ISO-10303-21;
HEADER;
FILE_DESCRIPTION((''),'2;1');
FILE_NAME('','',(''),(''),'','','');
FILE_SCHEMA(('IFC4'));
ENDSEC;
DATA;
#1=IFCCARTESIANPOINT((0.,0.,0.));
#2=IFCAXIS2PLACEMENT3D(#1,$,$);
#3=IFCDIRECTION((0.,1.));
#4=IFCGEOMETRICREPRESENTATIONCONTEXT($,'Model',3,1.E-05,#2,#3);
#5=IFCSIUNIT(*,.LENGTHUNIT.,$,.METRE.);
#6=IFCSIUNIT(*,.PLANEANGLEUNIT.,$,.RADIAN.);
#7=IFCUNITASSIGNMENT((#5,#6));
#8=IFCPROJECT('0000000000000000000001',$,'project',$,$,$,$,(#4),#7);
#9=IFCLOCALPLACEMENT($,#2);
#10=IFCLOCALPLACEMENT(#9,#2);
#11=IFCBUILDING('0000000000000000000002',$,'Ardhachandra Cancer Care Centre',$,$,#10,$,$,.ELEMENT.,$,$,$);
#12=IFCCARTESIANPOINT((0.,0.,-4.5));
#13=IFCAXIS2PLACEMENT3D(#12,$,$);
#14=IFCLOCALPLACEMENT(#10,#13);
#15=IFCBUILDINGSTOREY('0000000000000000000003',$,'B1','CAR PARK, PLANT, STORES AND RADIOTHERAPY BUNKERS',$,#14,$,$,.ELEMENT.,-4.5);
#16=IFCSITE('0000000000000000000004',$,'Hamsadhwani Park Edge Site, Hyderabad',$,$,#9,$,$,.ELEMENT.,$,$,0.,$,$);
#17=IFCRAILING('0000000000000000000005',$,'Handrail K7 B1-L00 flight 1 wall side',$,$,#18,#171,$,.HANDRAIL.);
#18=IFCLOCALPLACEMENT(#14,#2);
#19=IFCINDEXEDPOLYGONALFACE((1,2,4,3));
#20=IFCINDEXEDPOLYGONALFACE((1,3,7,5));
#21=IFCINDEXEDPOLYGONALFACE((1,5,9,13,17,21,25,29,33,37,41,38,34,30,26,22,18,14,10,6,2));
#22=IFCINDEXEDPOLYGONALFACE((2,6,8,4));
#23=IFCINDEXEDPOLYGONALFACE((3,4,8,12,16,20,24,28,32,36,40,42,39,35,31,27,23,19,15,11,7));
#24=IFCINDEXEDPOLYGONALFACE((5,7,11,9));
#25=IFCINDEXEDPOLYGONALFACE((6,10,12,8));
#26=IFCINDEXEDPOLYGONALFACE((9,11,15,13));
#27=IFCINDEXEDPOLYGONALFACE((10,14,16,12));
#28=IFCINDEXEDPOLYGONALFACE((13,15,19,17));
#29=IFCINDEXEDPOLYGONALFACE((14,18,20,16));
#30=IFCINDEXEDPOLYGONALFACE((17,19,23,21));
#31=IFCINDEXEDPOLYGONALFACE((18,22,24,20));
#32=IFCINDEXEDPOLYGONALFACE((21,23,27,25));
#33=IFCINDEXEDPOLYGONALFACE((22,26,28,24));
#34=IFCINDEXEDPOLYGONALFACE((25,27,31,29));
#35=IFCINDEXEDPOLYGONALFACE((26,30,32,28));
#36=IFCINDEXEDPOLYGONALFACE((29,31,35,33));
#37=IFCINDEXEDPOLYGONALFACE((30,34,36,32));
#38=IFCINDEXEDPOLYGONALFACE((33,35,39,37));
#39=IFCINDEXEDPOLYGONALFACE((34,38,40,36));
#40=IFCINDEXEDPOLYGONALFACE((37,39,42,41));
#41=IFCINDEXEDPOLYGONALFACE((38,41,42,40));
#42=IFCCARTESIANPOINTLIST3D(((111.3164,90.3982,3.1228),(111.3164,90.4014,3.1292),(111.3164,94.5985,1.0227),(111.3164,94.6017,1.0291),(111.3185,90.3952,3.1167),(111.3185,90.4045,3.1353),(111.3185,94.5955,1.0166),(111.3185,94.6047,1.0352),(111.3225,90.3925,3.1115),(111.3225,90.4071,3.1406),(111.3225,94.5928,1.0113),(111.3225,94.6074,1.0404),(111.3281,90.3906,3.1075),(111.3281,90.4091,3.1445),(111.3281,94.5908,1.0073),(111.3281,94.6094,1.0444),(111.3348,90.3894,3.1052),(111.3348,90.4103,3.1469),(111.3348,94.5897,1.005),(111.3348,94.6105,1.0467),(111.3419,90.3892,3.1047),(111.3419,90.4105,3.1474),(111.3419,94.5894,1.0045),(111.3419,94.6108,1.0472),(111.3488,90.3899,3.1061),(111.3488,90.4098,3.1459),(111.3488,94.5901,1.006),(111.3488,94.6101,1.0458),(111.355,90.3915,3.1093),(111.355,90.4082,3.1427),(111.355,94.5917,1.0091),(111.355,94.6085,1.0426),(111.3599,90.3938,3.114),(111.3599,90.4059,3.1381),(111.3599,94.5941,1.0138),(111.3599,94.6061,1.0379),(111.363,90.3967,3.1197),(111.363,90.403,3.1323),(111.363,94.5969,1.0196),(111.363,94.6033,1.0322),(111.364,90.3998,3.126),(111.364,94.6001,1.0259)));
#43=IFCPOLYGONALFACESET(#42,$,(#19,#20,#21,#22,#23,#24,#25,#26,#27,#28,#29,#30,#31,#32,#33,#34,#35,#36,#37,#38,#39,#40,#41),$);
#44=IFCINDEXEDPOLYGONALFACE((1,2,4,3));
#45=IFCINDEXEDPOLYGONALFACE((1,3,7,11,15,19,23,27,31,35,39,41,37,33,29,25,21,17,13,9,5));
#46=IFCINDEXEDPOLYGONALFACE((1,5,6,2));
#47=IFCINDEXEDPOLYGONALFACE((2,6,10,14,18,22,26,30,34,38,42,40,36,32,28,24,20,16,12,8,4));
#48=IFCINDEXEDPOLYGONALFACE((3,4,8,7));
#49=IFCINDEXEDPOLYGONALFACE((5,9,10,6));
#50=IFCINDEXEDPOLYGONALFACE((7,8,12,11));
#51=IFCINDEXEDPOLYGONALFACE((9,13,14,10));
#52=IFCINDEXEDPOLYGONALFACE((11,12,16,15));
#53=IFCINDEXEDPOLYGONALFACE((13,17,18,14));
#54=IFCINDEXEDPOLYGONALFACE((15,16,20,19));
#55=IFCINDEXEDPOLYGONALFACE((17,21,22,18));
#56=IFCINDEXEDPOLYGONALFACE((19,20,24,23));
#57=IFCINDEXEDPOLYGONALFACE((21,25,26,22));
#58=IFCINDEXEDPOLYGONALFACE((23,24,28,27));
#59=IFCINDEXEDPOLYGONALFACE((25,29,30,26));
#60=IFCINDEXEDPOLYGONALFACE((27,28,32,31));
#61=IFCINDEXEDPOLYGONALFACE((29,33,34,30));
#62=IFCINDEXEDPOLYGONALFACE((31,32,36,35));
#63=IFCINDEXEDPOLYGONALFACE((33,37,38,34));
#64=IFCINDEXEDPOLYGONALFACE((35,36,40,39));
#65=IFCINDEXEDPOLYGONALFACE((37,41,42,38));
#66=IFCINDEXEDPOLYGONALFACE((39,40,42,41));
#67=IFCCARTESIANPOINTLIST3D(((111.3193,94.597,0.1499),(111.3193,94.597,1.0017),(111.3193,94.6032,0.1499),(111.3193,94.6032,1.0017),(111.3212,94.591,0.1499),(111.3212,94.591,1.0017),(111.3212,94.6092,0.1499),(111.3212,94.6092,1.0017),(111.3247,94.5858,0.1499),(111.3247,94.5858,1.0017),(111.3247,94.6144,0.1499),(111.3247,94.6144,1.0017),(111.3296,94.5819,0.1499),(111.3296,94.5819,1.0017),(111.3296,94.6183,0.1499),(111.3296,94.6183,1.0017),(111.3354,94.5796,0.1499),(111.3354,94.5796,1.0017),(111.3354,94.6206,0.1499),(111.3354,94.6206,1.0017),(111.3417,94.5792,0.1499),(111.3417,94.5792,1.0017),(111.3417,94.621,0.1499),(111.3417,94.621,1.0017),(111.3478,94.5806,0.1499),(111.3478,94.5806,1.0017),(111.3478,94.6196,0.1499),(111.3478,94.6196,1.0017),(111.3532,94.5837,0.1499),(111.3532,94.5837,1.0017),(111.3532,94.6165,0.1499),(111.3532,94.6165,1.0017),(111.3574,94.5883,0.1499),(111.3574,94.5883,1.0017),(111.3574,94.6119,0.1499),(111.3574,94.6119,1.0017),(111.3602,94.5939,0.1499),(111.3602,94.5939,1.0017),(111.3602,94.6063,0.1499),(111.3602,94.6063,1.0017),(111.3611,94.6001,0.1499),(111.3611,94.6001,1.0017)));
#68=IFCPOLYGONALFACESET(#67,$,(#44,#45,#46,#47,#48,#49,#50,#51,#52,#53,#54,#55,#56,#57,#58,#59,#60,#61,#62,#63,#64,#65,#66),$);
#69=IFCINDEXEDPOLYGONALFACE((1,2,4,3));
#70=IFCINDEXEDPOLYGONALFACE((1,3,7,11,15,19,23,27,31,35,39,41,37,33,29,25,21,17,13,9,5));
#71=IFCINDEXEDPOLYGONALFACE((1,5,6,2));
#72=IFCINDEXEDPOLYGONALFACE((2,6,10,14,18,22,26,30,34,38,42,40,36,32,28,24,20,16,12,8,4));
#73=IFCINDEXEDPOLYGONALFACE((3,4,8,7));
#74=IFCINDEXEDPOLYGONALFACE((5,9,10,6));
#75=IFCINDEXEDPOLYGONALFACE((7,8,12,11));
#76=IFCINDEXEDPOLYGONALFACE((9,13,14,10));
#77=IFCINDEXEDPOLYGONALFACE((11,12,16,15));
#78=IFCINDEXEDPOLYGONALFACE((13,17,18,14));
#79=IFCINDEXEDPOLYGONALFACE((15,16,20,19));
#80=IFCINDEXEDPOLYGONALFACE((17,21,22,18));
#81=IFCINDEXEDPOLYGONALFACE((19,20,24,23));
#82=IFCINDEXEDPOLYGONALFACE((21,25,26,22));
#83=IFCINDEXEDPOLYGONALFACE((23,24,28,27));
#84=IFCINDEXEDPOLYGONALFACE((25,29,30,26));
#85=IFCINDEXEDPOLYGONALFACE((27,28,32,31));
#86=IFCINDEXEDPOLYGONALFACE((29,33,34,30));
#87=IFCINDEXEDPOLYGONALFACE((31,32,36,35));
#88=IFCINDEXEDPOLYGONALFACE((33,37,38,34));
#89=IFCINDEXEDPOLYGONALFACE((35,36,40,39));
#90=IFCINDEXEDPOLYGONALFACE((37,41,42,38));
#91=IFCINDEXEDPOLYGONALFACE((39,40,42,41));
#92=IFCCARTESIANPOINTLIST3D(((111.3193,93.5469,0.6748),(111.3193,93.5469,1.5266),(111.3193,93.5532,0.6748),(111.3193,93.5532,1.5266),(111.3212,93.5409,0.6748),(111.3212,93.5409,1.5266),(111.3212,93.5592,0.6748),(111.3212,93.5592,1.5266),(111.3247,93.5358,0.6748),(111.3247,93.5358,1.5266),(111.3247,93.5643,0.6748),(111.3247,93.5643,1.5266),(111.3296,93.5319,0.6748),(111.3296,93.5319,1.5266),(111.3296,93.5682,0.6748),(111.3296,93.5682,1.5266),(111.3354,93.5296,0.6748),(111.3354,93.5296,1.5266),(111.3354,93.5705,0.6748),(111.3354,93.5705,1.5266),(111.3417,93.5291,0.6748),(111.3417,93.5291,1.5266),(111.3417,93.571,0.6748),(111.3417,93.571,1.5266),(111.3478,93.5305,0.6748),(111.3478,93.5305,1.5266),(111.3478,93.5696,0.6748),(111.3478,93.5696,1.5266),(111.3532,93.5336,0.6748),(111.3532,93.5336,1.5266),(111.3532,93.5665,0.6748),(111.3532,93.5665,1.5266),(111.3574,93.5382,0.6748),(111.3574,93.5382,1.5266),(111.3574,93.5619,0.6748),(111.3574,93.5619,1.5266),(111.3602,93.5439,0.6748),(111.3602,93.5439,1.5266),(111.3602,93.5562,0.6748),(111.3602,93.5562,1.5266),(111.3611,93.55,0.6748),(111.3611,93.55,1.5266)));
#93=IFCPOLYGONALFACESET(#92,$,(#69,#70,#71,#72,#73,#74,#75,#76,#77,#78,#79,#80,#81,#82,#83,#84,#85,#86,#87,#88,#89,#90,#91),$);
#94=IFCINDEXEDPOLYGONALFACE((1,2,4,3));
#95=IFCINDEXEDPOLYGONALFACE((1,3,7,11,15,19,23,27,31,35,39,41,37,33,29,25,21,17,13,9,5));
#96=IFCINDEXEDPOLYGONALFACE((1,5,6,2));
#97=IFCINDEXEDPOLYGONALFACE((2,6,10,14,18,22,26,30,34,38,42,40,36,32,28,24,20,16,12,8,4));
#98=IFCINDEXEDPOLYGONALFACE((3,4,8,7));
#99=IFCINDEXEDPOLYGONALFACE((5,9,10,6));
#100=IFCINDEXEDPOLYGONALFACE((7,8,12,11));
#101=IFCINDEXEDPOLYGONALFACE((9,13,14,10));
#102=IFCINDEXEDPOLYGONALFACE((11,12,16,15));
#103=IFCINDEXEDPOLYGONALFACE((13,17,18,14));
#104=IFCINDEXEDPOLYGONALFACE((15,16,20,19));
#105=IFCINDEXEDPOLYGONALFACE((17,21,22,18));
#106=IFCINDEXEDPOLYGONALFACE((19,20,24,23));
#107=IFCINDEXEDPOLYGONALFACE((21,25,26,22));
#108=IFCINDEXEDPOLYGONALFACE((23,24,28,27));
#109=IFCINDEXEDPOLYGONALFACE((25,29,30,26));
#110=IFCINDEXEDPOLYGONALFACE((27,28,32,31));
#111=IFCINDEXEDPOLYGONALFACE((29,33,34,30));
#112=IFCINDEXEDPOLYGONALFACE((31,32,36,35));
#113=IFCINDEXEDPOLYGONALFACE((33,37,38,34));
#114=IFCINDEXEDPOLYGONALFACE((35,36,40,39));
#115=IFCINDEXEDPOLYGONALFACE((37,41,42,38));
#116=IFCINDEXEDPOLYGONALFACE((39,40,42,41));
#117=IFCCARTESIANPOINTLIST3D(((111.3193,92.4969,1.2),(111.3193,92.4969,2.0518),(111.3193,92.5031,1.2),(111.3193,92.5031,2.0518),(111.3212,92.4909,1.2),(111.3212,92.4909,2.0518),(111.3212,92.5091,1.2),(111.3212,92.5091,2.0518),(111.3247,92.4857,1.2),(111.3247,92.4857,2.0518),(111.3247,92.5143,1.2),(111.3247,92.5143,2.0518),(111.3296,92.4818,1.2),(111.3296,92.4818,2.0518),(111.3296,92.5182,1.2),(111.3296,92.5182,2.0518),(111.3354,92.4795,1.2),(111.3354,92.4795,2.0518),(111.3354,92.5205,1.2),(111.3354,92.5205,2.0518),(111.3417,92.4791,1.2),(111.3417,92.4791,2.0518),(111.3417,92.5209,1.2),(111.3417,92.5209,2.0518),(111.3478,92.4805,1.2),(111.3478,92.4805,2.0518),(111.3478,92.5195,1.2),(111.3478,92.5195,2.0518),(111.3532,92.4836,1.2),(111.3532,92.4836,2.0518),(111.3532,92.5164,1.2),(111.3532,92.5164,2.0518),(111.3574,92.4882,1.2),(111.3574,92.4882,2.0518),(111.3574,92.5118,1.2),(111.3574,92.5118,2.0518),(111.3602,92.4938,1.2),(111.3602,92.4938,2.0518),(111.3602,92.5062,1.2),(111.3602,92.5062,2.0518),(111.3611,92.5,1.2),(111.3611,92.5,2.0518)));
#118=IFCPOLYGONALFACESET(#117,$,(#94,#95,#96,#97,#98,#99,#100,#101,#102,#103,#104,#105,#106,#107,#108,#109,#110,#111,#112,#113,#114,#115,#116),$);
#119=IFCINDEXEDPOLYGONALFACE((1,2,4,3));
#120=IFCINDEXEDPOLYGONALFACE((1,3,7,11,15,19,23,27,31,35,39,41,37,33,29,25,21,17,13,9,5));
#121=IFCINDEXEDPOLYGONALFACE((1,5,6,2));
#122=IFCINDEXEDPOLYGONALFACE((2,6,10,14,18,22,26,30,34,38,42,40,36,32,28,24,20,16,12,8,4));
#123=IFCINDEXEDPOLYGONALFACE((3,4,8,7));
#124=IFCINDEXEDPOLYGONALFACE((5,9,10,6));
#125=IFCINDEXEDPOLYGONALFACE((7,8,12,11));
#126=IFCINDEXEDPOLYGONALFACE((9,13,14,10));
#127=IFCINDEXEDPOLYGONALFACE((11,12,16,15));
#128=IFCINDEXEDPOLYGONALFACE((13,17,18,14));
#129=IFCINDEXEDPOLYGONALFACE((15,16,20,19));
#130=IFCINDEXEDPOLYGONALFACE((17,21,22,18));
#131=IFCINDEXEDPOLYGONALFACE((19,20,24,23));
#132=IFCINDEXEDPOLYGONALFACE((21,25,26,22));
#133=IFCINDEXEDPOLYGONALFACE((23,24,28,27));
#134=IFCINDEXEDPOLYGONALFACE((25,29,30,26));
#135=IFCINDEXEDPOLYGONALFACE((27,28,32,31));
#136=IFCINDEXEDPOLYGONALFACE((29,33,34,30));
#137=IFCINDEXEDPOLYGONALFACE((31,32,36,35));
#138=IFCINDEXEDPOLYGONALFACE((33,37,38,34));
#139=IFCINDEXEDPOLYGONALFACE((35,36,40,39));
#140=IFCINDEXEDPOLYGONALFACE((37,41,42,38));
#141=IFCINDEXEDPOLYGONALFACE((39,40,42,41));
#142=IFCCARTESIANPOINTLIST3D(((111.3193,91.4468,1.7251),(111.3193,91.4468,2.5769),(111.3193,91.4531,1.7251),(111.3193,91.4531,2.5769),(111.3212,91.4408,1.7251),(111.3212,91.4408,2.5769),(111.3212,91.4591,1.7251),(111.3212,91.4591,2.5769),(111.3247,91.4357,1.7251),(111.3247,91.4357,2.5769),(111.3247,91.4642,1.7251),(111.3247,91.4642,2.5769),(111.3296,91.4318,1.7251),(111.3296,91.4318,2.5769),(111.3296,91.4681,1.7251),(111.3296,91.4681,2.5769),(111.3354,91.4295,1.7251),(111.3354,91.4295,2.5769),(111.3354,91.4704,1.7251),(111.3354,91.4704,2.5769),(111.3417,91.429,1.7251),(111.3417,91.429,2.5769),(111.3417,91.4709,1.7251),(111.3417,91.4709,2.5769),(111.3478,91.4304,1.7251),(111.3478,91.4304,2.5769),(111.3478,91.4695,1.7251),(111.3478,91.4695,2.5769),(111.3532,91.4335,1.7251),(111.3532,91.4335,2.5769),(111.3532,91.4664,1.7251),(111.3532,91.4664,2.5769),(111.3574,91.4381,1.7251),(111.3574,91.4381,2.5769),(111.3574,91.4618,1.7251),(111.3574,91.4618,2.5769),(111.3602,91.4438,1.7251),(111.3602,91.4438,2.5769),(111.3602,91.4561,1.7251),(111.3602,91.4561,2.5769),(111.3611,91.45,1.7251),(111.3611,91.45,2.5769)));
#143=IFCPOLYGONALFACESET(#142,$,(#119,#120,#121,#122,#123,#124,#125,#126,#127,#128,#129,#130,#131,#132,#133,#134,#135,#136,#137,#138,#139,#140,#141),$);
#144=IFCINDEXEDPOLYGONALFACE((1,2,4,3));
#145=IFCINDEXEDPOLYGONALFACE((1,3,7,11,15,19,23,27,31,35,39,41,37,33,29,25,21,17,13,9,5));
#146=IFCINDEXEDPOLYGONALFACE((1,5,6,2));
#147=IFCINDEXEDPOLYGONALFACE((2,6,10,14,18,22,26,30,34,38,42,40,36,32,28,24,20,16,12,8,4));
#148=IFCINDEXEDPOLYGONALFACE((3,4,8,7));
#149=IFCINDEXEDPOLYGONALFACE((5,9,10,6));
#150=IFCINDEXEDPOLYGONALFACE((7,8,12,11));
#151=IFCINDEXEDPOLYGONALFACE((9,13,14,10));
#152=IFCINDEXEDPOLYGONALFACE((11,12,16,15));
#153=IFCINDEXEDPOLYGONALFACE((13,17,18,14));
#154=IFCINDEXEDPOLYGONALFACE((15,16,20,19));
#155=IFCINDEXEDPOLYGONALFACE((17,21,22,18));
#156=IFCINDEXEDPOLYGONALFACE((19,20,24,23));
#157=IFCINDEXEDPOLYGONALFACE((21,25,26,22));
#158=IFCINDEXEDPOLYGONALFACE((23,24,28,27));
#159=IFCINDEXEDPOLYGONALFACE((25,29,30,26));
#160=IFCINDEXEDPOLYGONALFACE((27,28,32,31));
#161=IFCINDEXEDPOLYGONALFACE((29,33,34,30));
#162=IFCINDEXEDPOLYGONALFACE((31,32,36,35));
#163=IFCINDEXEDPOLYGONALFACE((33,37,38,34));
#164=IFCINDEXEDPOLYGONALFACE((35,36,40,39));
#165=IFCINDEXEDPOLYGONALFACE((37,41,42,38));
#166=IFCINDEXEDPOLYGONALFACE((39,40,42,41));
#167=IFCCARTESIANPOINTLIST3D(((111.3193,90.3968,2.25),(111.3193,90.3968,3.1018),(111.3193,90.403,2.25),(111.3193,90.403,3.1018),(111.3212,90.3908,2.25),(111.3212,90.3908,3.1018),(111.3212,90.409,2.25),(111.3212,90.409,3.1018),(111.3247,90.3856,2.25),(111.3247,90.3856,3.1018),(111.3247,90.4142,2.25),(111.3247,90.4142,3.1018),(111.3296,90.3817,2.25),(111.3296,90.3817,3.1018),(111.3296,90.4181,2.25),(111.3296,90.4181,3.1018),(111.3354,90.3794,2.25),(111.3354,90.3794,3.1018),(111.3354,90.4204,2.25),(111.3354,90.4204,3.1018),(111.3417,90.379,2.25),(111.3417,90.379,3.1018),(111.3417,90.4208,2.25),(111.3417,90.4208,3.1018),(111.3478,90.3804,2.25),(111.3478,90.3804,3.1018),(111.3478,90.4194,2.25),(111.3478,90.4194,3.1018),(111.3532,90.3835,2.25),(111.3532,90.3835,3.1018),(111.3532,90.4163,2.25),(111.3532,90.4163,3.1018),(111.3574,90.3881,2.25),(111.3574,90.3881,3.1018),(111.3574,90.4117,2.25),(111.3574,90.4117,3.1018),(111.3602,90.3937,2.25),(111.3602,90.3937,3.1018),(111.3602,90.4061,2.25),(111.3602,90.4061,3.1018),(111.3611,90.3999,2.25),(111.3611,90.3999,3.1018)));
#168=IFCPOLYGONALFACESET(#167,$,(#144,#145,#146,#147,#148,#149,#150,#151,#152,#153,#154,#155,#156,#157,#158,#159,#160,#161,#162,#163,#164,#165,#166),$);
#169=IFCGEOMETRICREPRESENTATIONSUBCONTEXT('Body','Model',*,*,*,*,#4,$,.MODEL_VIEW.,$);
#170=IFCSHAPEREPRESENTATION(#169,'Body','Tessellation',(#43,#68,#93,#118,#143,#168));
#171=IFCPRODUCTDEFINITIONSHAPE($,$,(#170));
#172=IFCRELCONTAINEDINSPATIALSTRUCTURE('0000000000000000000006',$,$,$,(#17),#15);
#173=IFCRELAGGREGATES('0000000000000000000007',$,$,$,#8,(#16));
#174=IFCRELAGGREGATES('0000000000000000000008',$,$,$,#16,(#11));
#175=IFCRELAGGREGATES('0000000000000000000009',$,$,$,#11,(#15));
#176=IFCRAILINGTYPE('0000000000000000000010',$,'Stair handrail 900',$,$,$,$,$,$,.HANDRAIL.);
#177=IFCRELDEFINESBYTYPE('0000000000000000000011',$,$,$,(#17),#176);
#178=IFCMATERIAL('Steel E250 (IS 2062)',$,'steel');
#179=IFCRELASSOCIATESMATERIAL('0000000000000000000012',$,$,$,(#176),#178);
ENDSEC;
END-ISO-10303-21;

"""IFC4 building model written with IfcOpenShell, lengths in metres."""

from ifc_helpers import new_model, si_unit, direction, frame, origin, origin_2d, place, context, subcontext, project, spatial, circle, extrude, material, type_object, element, save


model = new_model("IFC4")

# Units and contexts
model_context = context("Model", 3, precision=1e-05, world=origin(), true_north=direction((0.0, 1.0)))
body_context = subcontext(model_context, "Body", "Model", "MODEL_VIEW")
ifc_project = project(units=[si_unit("LENGTHUNIT", "METRE"), si_unit("PLANEANGLEUNIT", "RADIAN")], contexts=[model_context])

# Site, building, storey
site_placement = place(None, origin())
site = spatial("IfcSite", under=ifc_project, at=site_placement, Name="Hamsadhwani Park Edge Site, Hyderabad", CompositionType="ELEMENT", RefElevation=0.0)
building_placement = place(site_placement, origin())
building = spatial("IfcBuilding", under=site, at=building_placement, Name="Ardhachandra Cancer Care Centre", CompositionType="ELEMENT")
storey_placement = place(building_placement, frame((0.0, 0.0, -4.5)))
storey = spatial("IfcBuildingStorey", under=building, at=storey_placement, Name="B1", Description="CAR PARK, PLANT, STORES AND RADIOTHERAPY BUNKERS", CompositionType="ELEMENT", Elevation=-4.5)

# Railing
ifc_material_1 = material(Name="Steel E250 (IS 2062)", Category="steel")
railing_type = type_object("IfcRailingType", Name="Stair handrail 900", PredefinedType="HANDRAIL", material=ifc_material_1)
for number, where, name in (
    (1, (111.3401, 94.6001, 0.1499), "Handrail K7 B1-L00 flight 1 wall side"),
):
    element("IfcRailing", number, at=place(storey_placement, frame(where)), inside=storey, type_object=railing_type, Name=name, PredefinedType="HANDRAIL", context=body_context, shape_type="SweptSolid", body=[
        extrude(circle(Radius=0.0239, at=origin_2d()), frame((0.0, 0.0, 0.876), z_axis=(0.0, -0.894427, 0.447214), x_axis=(1.0, 0.0, 0.0)), (0.0, 0.0, 1.0), 4.696),
        extrude(circle(Radius=0.021, at=origin_2d()), origin(), (0.0, 0.0, 1.0), 0.8518),
        extrude(circle(Radius=0.021, at=origin_2d()), frame((0.0, -1.05, 0.5249)), (0.0, 0.0, 1.0), 0.8518),
        extrude(circle(Radius=0.021, at=origin_2d()), frame((0.0, -2.1001, 1.05)), (0.0, 0.0, 1.0), 0.8518),
        extrude(circle(Radius=0.021, at=origin_2d()), frame((0.0, -3.1501, 1.5752)), (0.0, 0.0, 1.0), 0.8518),
        extrude(circle(Radius=0.021, at=origin_2d()), frame((0.0, -4.2002, 2.1001)), (0.0, 0.0, 1.0), 0.8518),
    ])

save(model, "model.ifc")
